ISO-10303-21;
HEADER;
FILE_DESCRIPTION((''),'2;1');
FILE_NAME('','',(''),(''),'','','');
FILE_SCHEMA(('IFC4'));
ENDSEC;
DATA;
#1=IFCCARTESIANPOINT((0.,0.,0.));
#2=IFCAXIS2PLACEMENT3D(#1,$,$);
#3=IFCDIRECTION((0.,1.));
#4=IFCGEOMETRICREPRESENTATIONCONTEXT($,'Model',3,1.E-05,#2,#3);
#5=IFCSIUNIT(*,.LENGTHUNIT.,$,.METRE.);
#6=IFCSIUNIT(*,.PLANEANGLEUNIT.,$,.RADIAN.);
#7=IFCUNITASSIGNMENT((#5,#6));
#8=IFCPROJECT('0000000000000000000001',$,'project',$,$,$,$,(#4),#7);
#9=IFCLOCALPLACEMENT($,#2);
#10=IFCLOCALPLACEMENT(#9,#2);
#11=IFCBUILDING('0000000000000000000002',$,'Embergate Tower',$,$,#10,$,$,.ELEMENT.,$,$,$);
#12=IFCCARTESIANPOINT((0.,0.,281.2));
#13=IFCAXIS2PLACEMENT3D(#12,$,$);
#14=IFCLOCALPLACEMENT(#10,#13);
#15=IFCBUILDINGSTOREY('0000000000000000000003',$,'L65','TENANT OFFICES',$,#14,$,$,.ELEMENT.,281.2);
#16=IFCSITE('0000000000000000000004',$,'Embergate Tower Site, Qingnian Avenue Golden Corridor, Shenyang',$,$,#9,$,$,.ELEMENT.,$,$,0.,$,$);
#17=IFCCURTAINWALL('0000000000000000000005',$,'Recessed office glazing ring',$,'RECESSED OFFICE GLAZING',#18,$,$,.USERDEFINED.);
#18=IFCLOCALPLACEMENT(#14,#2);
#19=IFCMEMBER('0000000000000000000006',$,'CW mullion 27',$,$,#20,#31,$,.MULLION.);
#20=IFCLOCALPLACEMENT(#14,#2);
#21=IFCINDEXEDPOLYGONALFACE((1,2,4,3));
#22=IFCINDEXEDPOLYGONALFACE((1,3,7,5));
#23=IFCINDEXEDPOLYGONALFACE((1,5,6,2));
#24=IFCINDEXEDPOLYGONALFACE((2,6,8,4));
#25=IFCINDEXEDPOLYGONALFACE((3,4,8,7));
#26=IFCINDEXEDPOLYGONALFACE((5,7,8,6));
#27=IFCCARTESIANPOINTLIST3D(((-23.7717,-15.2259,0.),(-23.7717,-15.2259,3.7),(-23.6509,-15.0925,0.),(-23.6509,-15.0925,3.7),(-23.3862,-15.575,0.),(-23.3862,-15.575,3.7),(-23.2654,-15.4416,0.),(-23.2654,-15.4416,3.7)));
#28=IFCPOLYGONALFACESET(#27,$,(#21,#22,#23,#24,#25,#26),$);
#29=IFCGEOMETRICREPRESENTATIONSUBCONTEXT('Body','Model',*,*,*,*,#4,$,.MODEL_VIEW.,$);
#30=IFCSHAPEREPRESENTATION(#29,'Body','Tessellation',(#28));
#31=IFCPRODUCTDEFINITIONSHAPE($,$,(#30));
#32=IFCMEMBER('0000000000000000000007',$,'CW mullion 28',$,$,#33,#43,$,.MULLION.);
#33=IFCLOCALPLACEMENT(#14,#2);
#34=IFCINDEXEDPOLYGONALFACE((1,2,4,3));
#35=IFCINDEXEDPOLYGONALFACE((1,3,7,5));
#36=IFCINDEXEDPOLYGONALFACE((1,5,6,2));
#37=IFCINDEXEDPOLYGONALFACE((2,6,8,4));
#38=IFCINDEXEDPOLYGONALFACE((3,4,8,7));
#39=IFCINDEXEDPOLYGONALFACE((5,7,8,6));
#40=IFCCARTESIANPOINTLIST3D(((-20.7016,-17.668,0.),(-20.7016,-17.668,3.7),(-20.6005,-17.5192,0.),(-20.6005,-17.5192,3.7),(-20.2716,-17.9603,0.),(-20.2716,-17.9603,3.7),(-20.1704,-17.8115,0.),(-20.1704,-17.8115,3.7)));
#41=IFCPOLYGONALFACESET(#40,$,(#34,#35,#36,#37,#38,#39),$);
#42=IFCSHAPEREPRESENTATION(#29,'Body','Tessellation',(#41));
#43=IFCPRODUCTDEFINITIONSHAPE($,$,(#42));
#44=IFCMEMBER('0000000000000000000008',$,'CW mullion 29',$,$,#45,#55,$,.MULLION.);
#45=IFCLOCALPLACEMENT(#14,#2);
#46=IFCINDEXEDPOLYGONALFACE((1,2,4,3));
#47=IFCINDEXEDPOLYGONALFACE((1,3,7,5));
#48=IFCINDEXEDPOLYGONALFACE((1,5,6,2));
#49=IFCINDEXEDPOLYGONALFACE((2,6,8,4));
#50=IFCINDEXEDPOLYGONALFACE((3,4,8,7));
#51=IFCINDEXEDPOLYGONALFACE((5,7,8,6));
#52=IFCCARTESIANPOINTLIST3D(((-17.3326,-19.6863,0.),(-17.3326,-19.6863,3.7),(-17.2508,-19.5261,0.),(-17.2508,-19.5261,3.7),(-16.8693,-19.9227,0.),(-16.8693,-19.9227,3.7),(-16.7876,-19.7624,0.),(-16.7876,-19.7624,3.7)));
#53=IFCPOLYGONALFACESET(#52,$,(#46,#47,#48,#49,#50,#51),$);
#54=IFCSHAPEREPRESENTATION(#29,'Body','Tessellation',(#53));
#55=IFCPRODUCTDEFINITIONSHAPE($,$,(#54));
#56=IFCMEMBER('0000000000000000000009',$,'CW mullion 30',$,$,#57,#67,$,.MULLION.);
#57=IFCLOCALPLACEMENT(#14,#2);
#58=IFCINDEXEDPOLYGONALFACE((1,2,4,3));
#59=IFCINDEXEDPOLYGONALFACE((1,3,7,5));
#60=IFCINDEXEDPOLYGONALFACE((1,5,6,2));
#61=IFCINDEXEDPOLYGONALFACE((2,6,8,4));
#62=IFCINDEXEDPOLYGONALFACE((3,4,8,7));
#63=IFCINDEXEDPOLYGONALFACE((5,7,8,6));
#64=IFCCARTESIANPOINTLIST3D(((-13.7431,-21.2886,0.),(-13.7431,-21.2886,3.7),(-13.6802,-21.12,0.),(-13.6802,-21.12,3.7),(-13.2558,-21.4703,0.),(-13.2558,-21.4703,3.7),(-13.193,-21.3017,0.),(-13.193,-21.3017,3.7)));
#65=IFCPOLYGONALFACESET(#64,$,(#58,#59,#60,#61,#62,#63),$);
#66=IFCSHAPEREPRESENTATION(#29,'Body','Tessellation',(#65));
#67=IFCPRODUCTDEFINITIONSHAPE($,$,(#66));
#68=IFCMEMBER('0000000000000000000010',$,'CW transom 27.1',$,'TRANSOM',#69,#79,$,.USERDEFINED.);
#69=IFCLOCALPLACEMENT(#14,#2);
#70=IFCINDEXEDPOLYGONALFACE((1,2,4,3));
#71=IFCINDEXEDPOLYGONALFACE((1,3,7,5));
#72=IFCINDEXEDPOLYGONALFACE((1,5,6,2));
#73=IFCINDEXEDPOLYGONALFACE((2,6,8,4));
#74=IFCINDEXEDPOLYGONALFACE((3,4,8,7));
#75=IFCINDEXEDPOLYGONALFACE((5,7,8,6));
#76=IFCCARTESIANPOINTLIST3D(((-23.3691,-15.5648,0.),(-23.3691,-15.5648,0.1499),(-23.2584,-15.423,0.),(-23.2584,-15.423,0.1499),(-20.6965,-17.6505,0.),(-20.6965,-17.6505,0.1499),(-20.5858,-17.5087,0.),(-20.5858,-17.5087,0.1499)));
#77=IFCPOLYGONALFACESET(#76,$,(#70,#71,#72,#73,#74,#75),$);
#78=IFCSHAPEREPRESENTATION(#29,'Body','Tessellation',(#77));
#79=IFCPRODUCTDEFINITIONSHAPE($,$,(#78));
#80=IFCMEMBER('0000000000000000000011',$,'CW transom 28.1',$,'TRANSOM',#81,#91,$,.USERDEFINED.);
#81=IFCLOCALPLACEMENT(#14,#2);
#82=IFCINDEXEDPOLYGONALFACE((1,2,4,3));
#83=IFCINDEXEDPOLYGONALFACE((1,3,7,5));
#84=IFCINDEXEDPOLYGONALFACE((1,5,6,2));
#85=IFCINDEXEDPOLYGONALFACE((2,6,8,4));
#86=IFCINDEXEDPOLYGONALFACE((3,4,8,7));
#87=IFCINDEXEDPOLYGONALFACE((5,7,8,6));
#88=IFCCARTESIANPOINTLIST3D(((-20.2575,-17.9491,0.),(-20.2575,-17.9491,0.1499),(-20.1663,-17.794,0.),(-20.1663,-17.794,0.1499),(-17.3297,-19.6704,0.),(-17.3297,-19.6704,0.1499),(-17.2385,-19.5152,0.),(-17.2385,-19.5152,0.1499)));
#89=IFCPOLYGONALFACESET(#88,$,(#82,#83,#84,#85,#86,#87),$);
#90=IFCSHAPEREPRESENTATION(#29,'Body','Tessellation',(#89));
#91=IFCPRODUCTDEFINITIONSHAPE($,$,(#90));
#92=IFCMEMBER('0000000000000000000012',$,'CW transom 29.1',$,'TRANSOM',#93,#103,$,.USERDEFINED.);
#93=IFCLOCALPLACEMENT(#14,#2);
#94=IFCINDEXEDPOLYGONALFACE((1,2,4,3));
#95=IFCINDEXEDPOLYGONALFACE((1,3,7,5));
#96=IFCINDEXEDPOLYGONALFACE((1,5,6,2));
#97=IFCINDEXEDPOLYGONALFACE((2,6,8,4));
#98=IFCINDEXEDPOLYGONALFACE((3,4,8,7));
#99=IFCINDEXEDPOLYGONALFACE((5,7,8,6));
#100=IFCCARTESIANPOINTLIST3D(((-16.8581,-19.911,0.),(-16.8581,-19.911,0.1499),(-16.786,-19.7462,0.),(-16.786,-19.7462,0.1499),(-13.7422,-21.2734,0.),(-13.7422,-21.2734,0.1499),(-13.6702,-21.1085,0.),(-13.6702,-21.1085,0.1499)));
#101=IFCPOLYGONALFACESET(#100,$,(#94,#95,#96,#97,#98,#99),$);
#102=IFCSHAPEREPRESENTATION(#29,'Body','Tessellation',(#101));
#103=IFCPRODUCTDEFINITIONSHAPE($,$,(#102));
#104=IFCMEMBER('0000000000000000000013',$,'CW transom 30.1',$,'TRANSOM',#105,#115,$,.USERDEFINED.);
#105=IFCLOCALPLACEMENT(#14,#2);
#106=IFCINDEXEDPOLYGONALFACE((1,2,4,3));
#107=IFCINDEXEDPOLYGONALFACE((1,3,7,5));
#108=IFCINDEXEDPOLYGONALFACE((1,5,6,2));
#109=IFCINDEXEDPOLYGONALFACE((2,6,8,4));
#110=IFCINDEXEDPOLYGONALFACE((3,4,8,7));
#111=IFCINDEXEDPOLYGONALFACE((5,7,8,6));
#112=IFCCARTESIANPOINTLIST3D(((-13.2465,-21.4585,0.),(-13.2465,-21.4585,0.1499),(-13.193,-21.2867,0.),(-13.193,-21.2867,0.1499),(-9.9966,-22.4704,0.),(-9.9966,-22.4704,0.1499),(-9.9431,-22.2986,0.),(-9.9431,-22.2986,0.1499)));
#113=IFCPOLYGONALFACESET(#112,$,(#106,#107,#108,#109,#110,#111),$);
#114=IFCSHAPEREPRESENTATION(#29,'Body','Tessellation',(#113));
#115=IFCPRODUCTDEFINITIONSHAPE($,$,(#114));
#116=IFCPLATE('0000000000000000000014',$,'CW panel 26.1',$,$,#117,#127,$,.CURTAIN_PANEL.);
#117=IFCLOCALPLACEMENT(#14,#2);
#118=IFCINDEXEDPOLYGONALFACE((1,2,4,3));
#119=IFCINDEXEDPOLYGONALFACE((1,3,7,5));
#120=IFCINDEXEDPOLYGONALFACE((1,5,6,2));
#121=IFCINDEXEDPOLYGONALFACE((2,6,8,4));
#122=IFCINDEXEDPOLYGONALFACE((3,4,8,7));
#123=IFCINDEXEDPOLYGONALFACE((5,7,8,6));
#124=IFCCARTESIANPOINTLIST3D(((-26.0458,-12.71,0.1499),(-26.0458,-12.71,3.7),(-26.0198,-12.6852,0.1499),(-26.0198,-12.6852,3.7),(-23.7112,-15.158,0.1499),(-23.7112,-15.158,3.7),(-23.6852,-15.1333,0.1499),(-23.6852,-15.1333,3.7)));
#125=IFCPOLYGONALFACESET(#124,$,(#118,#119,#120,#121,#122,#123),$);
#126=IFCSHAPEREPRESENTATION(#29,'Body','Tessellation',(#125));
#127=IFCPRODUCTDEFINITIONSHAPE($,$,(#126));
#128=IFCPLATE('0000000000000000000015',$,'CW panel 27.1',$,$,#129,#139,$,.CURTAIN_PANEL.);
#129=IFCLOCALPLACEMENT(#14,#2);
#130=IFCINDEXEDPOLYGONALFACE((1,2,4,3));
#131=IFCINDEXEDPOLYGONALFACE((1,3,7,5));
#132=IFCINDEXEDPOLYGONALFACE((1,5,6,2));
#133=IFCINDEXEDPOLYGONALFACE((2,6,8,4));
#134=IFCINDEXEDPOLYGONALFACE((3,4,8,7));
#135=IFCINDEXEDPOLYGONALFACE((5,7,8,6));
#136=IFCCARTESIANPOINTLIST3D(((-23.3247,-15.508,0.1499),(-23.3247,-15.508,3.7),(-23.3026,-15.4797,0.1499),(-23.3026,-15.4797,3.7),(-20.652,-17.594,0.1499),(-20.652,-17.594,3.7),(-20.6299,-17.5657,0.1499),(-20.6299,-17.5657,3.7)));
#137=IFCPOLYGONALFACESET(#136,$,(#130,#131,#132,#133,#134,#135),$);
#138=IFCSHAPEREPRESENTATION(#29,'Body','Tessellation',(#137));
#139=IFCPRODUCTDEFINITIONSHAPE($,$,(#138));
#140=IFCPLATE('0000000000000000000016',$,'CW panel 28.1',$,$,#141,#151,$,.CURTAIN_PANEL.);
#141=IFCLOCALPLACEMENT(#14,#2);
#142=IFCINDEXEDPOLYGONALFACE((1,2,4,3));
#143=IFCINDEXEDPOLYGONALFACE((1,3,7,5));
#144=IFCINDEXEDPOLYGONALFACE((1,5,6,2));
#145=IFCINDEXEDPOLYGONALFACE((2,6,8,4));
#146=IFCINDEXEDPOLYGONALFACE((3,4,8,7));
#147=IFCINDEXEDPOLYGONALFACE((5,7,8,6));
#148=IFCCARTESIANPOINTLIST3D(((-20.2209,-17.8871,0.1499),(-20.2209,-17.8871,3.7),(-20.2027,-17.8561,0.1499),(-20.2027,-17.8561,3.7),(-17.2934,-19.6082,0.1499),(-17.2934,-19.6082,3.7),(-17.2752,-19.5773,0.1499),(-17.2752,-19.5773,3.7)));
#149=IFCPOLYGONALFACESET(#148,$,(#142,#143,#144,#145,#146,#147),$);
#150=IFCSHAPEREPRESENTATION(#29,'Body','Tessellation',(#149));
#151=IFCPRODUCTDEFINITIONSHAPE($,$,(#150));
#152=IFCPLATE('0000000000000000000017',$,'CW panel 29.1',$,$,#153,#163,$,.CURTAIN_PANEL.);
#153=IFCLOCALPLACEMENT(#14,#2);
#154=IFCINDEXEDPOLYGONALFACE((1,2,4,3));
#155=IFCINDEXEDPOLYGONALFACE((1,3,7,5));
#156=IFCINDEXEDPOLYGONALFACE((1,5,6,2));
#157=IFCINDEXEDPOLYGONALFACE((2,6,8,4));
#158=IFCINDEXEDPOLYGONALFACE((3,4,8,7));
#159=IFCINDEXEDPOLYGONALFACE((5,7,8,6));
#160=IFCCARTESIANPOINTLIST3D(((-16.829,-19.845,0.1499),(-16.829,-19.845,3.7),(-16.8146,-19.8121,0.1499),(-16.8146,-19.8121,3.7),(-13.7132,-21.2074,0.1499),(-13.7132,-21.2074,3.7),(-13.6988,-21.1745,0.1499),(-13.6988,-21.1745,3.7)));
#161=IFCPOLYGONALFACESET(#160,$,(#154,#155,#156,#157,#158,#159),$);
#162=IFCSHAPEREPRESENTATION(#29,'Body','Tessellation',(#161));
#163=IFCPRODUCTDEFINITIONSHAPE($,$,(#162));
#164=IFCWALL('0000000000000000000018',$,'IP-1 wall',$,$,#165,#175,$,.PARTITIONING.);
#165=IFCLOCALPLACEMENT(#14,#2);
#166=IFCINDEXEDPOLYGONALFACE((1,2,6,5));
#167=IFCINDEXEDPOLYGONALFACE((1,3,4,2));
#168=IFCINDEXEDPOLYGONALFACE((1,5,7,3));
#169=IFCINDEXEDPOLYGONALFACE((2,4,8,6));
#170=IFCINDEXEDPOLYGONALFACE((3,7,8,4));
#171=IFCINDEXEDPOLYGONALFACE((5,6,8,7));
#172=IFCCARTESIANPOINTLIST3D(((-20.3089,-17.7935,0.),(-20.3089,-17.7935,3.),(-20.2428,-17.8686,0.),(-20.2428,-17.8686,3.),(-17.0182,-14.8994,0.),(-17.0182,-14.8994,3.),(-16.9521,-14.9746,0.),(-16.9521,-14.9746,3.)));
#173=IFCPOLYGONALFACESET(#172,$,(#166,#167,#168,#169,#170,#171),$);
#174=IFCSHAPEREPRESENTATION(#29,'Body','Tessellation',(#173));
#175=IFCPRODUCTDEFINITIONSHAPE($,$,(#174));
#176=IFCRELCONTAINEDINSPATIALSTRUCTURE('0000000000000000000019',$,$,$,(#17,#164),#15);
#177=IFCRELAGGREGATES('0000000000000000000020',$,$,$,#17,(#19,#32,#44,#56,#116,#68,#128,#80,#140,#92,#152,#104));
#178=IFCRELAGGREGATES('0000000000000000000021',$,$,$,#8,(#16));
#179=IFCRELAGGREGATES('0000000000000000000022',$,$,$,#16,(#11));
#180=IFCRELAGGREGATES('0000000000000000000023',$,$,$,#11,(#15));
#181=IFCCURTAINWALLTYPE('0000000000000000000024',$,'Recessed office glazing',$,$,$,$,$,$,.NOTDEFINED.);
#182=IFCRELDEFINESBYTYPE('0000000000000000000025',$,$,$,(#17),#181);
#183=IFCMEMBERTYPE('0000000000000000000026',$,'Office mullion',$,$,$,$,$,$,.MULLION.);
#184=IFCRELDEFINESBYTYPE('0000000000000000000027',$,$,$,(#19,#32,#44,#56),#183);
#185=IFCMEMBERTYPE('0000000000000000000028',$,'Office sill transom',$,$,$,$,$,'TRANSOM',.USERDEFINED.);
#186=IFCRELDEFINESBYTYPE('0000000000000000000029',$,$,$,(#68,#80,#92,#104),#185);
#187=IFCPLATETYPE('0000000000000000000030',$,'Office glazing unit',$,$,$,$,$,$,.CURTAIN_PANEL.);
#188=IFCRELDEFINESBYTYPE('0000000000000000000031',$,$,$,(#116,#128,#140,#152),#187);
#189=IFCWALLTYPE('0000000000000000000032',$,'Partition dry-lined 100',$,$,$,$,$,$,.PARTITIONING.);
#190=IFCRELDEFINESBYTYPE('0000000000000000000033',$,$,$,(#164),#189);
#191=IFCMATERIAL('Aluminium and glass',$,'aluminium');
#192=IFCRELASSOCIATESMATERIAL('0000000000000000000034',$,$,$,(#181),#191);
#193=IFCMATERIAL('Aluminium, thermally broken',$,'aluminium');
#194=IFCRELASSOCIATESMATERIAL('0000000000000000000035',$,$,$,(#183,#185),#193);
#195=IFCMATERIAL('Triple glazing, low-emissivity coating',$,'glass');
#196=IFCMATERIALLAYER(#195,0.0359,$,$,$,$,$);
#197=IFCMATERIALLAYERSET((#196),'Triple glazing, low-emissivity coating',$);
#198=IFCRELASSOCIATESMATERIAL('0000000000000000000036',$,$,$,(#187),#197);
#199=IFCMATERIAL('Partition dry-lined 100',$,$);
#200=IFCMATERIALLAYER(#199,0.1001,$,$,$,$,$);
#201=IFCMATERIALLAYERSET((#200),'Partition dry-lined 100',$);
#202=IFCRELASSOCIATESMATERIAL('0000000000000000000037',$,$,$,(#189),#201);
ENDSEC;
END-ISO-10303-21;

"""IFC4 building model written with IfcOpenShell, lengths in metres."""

from ifc_helpers import new_model, si_unit, direction, frame, frame_2d, origin, origin_2d, place, context, subcontext, project, spatial, rectangle, extrude, source, transform, mapped, material, layer, layer_set, material_profile, profile_set, type_object, element, aggregate, save


model = new_model("IFC4")

# Units and contexts
model_context = context("Model", 3, precision=1e-05, world=origin(), true_north=direction((0.0, 1.0)))
body_context = subcontext(model_context, "Body", "Model", "MODEL_VIEW")
ifc_project = project(units=[si_unit("LENGTHUNIT", "METRE"), si_unit("PLANEANGLEUNIT", "RADIAN")], contexts=[model_context])

# Site, building, storey
site_placement = place(None, origin())
site = spatial("IfcSite", under=ifc_project, at=site_placement, Name="Embergate Tower Site, Qingnian Avenue Golden Corridor, Shenyang", CompositionType="ELEMENT", RefElevation=0.0)
building_placement = place(site_placement, origin())
building = spatial("IfcBuilding", under=site, at=building_placement, Name="Embergate Tower", CompositionType="ELEMENT")
storey_placement = place(building_placement, frame((0.0, 0.0, 281.2)))
storey = spatial("IfcBuildingStorey", under=building, at=storey_placement, Name="L65", Description="TENANT OFFICES", CompositionType="ELEMENT", Elevation=281.2)

# Curtain wall, members, plates
ifc_material_1 = material(Name="Aluminium and glass", Category="aluminium")
curtain_wall_type = type_object("IfcCurtainWallType", Name="Recessed office glazing", PredefinedType="NOTDEFINED", material=ifc_material_1)
curtain_wall_placement = place(storey_placement, origin())
curtain_wall = element("IfcCurtainWall", 1, at=curtain_wall_placement, inside=storey, type_object=curtain_wall_type, Name="Recessed office glazing ring", ObjectType="RECESSED OFFICE GLAZING", PredefinedType="USERDEFINED")
ifc_material_2 = material(Name="Aluminium, thermally broken", Category="aluminium")
ifc_material_profile_1 = material_profile(ifc_material_2, rectangle(XDim=0.1799, YDim=0.52, at=origin_2d()), Name="AL 520x180")
ifc_profile_set_1 = profile_set([ifc_material_profile_1], Name="Aluminium, thermally broken")
member_type_1 = type_object("IfcMemberType", Name="Office mullion", PredefinedType="MULLION", material=ifc_profile_set_1)
shared_shape_1 = source(origin(), body_context, "Body", "SweptSolid", [
    extrude(rectangle(XDim=0.1799, YDim=0.52, at=origin_2d()), origin(), (0.0, 0.0, 1.0), 3.7),
])
member_1_placement = place(storey_placement, frame((-23.5186, -15.3337, 0.0), z_axis=(0.0, 0.0, 1.0), x_axis=(0.671216, 0.741262, 0.0)))
member_1 = element("IfcMember", 2, at=member_1_placement, type_object=member_type_1, Name="CW mullion 27", PredefinedType="MULLION", context=body_context, shape_type="MappedRepresentation", body=[
    mapped(shared_shape_1, transform((0.0, 0.0, 0.0))),
])
member_2_placement = place(storey_placement, frame((-20.436, -17.7397, 0.0), z_axis=(0.0, 0.0, 1.0), x_axis=(0.562208, 0.826996, 0.0)))
member_2 = element("IfcMember", 3, at=member_2_placement, type_object=member_type_1, Name="CW mullion 28", PredefinedType="MULLION", context=body_context, shape_type="MappedRepresentation", body=[
    mapped(shared_shape_1, transform((0.0, 0.0, 0.0))),
])
member_3_placement = place(storey_placement, frame((-17.0601, -19.7244, 0.0), z_axis=(0.0, 0.0, 1.0), x_axis=(0.454504, 0.890745, 0.0)))
member_3 = element("IfcMember", 4, at=member_3_placement, type_object=member_type_1, Name="CW mullion 29", PredefinedType="MULLION", context=body_context, shape_type="MappedRepresentation", body=[
    mapped(shared_shape_1, transform((0.0, 0.0, 0.0))),
])
member_4_placement = place(storey_placement, frame((-13.468, -21.2952, 0.0), z_axis=(0.0, 0.0, 1.0), x_axis=(0.349498, 0.936937, 0.0)))
member_4 = element("IfcMember", 5, at=member_4_placement, type_object=member_type_1, Name="CW mullion 30", PredefinedType="MULLION", context=body_context, shape_type="MappedRepresentation", body=[
    mapped(shared_shape_1, transform((0.0, 0.0, 0.0))),
])
ifc_material_profile_2 = material_profile(ifc_material_2, rectangle(XDim=0.1799, YDim=0.1499, at=origin_2d()), Name="AL 150x180")
ifc_profile_set_2 = profile_set([ifc_material_profile_2], Name="Aluminium, thermally broken")
member_type_2 = type_object("IfcMemberType", Name="Office sill transom", ElementType="TRANSOM", PredefinedType="USERDEFINED", material=ifc_profile_set_2)
shared_shape_2 = source(origin(), body_context, "Body", "SweptSolid", [
    extrude(rectangle(XDim=0.1799, YDim=0.1499, at=origin_2d()), origin(), (0.0, 0.0, 1.0), 3.3901),
])
member_5_placement = place(storey_placement, frame((-23.3137, -15.4939, 0.075), z_axis=(0.788351, -0.615226, 0.0), x_axis=(0.615226, 0.788351, 0.0)))
member_5 = element("IfcMember", 6, at=member_5_placement, type_object=member_type_2, Name="CW transom 27.1", ObjectType="TRANSOM", PredefinedType="USERDEFINED", context=body_context, shape_type="MappedRepresentation", body=[
    mapped(shared_shape_2, transform((0.0, 0.0, 0.0))),
])
shared_shape_3 = source(origin(), body_context, "Body", "SweptSolid", [
    extrude(rectangle(XDim=0.1799, YDim=0.1499, at=origin_2d()), origin(), (0.0, 0.0, 1.0), 3.3962),
])
member_6_placement = place(storey_placement, frame((-20.2119, -17.8716, 0.075), z_axis=(0.862064, -0.5068, 0.0), x_axis=(0.5068, 0.862064, 0.0)))
member_6 = element("IfcMember", 7, at=member_6_placement, type_object=member_type_2, Name="CW transom 28.1", ObjectType="TRANSOM", PredefinedType="USERDEFINED", context=body_context, shape_type="MappedRepresentation", body=[
    mapped(shared_shape_3, transform((0.0, 0.0, 0.0))),
])
shared_shape_4 = source(origin(), body_context, "Body", "SweptSolid", [
    extrude(rectangle(XDim=0.1799, YDim=0.1499, at=origin_2d()), origin(), (0.0, 0.0, 1.0), 3.4006),
])
member_7_placement = place(storey_placement, frame((-16.822, -19.8286, 0.075), z_axis=(0.916246, -0.400615, 0.0), x_axis=(0.400615, 0.916246, 0.0)))
member_7 = element("IfcMember", 8, at=member_7_placement, type_object=member_type_2, Name="CW transom 29.1", ObjectType="TRANSOM", PredefinedType="USERDEFINED", context=body_context, shape_type="MappedRepresentation", body=[
    mapped(shared_shape_4, transform((0.0, 0.0, 0.0))),
])
shared_shape_5 = source(origin(), body_context, "Body", "SweptSolid", [
    extrude(rectangle(XDim=0.1799, YDim=0.1499, at=origin_2d()), origin(), (0.0, 0.0, 1.0), 3.4038),
])
member_8_placement = place(storey_placement, frame((-13.2197, -21.3726, 0.075), z_axis=(0.954786, -0.297295, 0.0), x_axis=(0.297295, 0.954786, 0.0)))
member_8 = element("IfcMember", 9, at=member_8_placement, type_object=member_type_2, Name="CW transom 30.1", ObjectType="TRANSOM", PredefinedType="USERDEFINED", context=body_context, shape_type="MappedRepresentation", body=[
    mapped(shared_shape_5, transform((0.0, 0.0, 0.0))),
])
ifc_material_3 = material(Name="Triple glazing, low-emissivity coating", Category="glass")
ifc_layer_1 = layer(ifc_material_3, 0.0359)
ifc_layer_set_1 = layer_set([ifc_layer_1], Name="Triple glazing, low-emissivity coating")
plate_type = type_object("IfcPlateType", Name="Office glazing unit", PredefinedType="CURTAIN_PANEL", material=ifc_layer_set_1)
shared_shape_6 = source(origin(), body_context, "Body", "SweptSolid", [
    extrude(rectangle(XDim=3.3828, YDim=0.0359, at=origin_2d()), origin(), (0.0, 0.0, 1.0), 3.55),
])
plate_1_placement = place(storey_placement, frame((-24.8655, -13.9216, 0.1499), z_axis=(0.0, 0.0, 1.0), x_axis=(0.690139, -0.723677, 0.0)))
plate_1 = element("IfcPlate", 10, at=plate_1_placement, type_object=plate_type, Name="CW panel 26.1", PredefinedType="CURTAIN_PANEL", context=body_context, shape_type="MappedRepresentation", body=[
    mapped(shared_shape_6, transform((0.0, 0.0, 0.0))),
])
shared_shape_7 = source(origin(), body_context, "Body", "SweptSolid", [
    extrude(rectangle(XDim=3.3904, YDim=0.0359, at=origin_2d()), origin(), (0.0, 0.0, 1.0), 3.55),
])
plate_2_placement = place(storey_placement, frame((-21.9773, -16.5369, 0.1499), z_axis=(0.0, 0.0, 1.0), x_axis=(0.788323, -0.615261, 0.0)))
plate_2 = element("IfcPlate", 11, at=plate_2_placement, type_object=plate_type, Name="CW panel 27.1", PredefinedType="CURTAIN_PANEL", context=body_context, shape_type="MappedRepresentation", body=[
    mapped(shared_shape_7, transform((0.0, 0.0, 0.0))),
])
shared_shape_8 = source(origin(), body_context, "Body", "SweptSolid", [
    extrude(rectangle(XDim=3.396, YDim=0.0359, at=origin_2d()), origin(), (0.0, 0.0, 1.0), 3.55),
])
plate_3_placement = place(storey_placement, frame((-18.748, -18.7322, 0.1499), z_axis=(0.0, 0.0, 1.0), x_axis=(0.862055, -0.506815, 0.0)))
plate_3 = element("IfcPlate", 12, at=plate_3_placement, type_object=plate_type, Name="CW panel 28.1", PredefinedType="CURTAIN_PANEL", context=body_context, shape_type="MappedRepresentation", body=[
    mapped(shared_shape_8, transform((0.0, 0.0, 0.0))),
])
shared_shape_9 = source(origin(), body_context, "Body", "SweptSolid", [
    extrude(rectangle(XDim=3.4006, YDim=0.0359, at=origin_2d()), origin(), (0.0, 0.0, 1.0), 3.55),
])
plate_4_placement = place(storey_placement, frame((-15.2639, -20.5098, 0.1499), z_axis=(0.0, 0.0, 1.0), x_axis=(0.916237, -0.400637, 0.0)))
plate_4 = element("IfcPlate", 13, at=plate_4_placement, type_object=plate_type, Name="CW panel 29.1", PredefinedType="CURTAIN_PANEL", context=body_context, shape_type="MappedRepresentation", body=[
    mapped(shared_shape_9, transform((0.0, 0.0, 0.0))),
])
aggregate(curtain_wall, [member_1, member_2, member_3, member_4, plate_1, member_5, plate_2, member_6, plate_3, member_7, plate_4, member_8])

# Wall
ifc_material_4 = material(Name="Partition dry-lined 100")
ifc_layer_2 = layer(ifc_material_4, 0.1001)
ifc_layer_set_2 = layer_set([ifc_layer_2], Name="Partition dry-lined 100")
wall_type = type_object("IfcWallType", Name="Partition dry-lined 100", PredefinedType="PARTITIONING", material=ifc_layer_set_2)
shared_shape_10 = source(origin(), body_context, "Body", "SweptSolid", [
    extrude(rectangle(XDim=4.3823, YDim=0.1001, at=frame_2d((2.1912, 0.0))), origin(), (0.0, 0.0, 1.0), 3.0),
])
wall_1_placement = place(storey_placement, frame((-16.9851, -14.937, 0.0), z_axis=(0.0, 0.0, 1.0), x_axis=(-0.750921, -0.660392, 0.0)))
element("IfcWall", 14, at=wall_1_placement, inside=storey, type_object=wall_type, Name="IP-1 wall", PredefinedType="PARTITIONING", context=body_context, shape_type="MappedRepresentation", body=[
    mapped(shared_shape_10, transform((0.0, 0.0, 0.0))),
])

save(model, "model.ifc")
